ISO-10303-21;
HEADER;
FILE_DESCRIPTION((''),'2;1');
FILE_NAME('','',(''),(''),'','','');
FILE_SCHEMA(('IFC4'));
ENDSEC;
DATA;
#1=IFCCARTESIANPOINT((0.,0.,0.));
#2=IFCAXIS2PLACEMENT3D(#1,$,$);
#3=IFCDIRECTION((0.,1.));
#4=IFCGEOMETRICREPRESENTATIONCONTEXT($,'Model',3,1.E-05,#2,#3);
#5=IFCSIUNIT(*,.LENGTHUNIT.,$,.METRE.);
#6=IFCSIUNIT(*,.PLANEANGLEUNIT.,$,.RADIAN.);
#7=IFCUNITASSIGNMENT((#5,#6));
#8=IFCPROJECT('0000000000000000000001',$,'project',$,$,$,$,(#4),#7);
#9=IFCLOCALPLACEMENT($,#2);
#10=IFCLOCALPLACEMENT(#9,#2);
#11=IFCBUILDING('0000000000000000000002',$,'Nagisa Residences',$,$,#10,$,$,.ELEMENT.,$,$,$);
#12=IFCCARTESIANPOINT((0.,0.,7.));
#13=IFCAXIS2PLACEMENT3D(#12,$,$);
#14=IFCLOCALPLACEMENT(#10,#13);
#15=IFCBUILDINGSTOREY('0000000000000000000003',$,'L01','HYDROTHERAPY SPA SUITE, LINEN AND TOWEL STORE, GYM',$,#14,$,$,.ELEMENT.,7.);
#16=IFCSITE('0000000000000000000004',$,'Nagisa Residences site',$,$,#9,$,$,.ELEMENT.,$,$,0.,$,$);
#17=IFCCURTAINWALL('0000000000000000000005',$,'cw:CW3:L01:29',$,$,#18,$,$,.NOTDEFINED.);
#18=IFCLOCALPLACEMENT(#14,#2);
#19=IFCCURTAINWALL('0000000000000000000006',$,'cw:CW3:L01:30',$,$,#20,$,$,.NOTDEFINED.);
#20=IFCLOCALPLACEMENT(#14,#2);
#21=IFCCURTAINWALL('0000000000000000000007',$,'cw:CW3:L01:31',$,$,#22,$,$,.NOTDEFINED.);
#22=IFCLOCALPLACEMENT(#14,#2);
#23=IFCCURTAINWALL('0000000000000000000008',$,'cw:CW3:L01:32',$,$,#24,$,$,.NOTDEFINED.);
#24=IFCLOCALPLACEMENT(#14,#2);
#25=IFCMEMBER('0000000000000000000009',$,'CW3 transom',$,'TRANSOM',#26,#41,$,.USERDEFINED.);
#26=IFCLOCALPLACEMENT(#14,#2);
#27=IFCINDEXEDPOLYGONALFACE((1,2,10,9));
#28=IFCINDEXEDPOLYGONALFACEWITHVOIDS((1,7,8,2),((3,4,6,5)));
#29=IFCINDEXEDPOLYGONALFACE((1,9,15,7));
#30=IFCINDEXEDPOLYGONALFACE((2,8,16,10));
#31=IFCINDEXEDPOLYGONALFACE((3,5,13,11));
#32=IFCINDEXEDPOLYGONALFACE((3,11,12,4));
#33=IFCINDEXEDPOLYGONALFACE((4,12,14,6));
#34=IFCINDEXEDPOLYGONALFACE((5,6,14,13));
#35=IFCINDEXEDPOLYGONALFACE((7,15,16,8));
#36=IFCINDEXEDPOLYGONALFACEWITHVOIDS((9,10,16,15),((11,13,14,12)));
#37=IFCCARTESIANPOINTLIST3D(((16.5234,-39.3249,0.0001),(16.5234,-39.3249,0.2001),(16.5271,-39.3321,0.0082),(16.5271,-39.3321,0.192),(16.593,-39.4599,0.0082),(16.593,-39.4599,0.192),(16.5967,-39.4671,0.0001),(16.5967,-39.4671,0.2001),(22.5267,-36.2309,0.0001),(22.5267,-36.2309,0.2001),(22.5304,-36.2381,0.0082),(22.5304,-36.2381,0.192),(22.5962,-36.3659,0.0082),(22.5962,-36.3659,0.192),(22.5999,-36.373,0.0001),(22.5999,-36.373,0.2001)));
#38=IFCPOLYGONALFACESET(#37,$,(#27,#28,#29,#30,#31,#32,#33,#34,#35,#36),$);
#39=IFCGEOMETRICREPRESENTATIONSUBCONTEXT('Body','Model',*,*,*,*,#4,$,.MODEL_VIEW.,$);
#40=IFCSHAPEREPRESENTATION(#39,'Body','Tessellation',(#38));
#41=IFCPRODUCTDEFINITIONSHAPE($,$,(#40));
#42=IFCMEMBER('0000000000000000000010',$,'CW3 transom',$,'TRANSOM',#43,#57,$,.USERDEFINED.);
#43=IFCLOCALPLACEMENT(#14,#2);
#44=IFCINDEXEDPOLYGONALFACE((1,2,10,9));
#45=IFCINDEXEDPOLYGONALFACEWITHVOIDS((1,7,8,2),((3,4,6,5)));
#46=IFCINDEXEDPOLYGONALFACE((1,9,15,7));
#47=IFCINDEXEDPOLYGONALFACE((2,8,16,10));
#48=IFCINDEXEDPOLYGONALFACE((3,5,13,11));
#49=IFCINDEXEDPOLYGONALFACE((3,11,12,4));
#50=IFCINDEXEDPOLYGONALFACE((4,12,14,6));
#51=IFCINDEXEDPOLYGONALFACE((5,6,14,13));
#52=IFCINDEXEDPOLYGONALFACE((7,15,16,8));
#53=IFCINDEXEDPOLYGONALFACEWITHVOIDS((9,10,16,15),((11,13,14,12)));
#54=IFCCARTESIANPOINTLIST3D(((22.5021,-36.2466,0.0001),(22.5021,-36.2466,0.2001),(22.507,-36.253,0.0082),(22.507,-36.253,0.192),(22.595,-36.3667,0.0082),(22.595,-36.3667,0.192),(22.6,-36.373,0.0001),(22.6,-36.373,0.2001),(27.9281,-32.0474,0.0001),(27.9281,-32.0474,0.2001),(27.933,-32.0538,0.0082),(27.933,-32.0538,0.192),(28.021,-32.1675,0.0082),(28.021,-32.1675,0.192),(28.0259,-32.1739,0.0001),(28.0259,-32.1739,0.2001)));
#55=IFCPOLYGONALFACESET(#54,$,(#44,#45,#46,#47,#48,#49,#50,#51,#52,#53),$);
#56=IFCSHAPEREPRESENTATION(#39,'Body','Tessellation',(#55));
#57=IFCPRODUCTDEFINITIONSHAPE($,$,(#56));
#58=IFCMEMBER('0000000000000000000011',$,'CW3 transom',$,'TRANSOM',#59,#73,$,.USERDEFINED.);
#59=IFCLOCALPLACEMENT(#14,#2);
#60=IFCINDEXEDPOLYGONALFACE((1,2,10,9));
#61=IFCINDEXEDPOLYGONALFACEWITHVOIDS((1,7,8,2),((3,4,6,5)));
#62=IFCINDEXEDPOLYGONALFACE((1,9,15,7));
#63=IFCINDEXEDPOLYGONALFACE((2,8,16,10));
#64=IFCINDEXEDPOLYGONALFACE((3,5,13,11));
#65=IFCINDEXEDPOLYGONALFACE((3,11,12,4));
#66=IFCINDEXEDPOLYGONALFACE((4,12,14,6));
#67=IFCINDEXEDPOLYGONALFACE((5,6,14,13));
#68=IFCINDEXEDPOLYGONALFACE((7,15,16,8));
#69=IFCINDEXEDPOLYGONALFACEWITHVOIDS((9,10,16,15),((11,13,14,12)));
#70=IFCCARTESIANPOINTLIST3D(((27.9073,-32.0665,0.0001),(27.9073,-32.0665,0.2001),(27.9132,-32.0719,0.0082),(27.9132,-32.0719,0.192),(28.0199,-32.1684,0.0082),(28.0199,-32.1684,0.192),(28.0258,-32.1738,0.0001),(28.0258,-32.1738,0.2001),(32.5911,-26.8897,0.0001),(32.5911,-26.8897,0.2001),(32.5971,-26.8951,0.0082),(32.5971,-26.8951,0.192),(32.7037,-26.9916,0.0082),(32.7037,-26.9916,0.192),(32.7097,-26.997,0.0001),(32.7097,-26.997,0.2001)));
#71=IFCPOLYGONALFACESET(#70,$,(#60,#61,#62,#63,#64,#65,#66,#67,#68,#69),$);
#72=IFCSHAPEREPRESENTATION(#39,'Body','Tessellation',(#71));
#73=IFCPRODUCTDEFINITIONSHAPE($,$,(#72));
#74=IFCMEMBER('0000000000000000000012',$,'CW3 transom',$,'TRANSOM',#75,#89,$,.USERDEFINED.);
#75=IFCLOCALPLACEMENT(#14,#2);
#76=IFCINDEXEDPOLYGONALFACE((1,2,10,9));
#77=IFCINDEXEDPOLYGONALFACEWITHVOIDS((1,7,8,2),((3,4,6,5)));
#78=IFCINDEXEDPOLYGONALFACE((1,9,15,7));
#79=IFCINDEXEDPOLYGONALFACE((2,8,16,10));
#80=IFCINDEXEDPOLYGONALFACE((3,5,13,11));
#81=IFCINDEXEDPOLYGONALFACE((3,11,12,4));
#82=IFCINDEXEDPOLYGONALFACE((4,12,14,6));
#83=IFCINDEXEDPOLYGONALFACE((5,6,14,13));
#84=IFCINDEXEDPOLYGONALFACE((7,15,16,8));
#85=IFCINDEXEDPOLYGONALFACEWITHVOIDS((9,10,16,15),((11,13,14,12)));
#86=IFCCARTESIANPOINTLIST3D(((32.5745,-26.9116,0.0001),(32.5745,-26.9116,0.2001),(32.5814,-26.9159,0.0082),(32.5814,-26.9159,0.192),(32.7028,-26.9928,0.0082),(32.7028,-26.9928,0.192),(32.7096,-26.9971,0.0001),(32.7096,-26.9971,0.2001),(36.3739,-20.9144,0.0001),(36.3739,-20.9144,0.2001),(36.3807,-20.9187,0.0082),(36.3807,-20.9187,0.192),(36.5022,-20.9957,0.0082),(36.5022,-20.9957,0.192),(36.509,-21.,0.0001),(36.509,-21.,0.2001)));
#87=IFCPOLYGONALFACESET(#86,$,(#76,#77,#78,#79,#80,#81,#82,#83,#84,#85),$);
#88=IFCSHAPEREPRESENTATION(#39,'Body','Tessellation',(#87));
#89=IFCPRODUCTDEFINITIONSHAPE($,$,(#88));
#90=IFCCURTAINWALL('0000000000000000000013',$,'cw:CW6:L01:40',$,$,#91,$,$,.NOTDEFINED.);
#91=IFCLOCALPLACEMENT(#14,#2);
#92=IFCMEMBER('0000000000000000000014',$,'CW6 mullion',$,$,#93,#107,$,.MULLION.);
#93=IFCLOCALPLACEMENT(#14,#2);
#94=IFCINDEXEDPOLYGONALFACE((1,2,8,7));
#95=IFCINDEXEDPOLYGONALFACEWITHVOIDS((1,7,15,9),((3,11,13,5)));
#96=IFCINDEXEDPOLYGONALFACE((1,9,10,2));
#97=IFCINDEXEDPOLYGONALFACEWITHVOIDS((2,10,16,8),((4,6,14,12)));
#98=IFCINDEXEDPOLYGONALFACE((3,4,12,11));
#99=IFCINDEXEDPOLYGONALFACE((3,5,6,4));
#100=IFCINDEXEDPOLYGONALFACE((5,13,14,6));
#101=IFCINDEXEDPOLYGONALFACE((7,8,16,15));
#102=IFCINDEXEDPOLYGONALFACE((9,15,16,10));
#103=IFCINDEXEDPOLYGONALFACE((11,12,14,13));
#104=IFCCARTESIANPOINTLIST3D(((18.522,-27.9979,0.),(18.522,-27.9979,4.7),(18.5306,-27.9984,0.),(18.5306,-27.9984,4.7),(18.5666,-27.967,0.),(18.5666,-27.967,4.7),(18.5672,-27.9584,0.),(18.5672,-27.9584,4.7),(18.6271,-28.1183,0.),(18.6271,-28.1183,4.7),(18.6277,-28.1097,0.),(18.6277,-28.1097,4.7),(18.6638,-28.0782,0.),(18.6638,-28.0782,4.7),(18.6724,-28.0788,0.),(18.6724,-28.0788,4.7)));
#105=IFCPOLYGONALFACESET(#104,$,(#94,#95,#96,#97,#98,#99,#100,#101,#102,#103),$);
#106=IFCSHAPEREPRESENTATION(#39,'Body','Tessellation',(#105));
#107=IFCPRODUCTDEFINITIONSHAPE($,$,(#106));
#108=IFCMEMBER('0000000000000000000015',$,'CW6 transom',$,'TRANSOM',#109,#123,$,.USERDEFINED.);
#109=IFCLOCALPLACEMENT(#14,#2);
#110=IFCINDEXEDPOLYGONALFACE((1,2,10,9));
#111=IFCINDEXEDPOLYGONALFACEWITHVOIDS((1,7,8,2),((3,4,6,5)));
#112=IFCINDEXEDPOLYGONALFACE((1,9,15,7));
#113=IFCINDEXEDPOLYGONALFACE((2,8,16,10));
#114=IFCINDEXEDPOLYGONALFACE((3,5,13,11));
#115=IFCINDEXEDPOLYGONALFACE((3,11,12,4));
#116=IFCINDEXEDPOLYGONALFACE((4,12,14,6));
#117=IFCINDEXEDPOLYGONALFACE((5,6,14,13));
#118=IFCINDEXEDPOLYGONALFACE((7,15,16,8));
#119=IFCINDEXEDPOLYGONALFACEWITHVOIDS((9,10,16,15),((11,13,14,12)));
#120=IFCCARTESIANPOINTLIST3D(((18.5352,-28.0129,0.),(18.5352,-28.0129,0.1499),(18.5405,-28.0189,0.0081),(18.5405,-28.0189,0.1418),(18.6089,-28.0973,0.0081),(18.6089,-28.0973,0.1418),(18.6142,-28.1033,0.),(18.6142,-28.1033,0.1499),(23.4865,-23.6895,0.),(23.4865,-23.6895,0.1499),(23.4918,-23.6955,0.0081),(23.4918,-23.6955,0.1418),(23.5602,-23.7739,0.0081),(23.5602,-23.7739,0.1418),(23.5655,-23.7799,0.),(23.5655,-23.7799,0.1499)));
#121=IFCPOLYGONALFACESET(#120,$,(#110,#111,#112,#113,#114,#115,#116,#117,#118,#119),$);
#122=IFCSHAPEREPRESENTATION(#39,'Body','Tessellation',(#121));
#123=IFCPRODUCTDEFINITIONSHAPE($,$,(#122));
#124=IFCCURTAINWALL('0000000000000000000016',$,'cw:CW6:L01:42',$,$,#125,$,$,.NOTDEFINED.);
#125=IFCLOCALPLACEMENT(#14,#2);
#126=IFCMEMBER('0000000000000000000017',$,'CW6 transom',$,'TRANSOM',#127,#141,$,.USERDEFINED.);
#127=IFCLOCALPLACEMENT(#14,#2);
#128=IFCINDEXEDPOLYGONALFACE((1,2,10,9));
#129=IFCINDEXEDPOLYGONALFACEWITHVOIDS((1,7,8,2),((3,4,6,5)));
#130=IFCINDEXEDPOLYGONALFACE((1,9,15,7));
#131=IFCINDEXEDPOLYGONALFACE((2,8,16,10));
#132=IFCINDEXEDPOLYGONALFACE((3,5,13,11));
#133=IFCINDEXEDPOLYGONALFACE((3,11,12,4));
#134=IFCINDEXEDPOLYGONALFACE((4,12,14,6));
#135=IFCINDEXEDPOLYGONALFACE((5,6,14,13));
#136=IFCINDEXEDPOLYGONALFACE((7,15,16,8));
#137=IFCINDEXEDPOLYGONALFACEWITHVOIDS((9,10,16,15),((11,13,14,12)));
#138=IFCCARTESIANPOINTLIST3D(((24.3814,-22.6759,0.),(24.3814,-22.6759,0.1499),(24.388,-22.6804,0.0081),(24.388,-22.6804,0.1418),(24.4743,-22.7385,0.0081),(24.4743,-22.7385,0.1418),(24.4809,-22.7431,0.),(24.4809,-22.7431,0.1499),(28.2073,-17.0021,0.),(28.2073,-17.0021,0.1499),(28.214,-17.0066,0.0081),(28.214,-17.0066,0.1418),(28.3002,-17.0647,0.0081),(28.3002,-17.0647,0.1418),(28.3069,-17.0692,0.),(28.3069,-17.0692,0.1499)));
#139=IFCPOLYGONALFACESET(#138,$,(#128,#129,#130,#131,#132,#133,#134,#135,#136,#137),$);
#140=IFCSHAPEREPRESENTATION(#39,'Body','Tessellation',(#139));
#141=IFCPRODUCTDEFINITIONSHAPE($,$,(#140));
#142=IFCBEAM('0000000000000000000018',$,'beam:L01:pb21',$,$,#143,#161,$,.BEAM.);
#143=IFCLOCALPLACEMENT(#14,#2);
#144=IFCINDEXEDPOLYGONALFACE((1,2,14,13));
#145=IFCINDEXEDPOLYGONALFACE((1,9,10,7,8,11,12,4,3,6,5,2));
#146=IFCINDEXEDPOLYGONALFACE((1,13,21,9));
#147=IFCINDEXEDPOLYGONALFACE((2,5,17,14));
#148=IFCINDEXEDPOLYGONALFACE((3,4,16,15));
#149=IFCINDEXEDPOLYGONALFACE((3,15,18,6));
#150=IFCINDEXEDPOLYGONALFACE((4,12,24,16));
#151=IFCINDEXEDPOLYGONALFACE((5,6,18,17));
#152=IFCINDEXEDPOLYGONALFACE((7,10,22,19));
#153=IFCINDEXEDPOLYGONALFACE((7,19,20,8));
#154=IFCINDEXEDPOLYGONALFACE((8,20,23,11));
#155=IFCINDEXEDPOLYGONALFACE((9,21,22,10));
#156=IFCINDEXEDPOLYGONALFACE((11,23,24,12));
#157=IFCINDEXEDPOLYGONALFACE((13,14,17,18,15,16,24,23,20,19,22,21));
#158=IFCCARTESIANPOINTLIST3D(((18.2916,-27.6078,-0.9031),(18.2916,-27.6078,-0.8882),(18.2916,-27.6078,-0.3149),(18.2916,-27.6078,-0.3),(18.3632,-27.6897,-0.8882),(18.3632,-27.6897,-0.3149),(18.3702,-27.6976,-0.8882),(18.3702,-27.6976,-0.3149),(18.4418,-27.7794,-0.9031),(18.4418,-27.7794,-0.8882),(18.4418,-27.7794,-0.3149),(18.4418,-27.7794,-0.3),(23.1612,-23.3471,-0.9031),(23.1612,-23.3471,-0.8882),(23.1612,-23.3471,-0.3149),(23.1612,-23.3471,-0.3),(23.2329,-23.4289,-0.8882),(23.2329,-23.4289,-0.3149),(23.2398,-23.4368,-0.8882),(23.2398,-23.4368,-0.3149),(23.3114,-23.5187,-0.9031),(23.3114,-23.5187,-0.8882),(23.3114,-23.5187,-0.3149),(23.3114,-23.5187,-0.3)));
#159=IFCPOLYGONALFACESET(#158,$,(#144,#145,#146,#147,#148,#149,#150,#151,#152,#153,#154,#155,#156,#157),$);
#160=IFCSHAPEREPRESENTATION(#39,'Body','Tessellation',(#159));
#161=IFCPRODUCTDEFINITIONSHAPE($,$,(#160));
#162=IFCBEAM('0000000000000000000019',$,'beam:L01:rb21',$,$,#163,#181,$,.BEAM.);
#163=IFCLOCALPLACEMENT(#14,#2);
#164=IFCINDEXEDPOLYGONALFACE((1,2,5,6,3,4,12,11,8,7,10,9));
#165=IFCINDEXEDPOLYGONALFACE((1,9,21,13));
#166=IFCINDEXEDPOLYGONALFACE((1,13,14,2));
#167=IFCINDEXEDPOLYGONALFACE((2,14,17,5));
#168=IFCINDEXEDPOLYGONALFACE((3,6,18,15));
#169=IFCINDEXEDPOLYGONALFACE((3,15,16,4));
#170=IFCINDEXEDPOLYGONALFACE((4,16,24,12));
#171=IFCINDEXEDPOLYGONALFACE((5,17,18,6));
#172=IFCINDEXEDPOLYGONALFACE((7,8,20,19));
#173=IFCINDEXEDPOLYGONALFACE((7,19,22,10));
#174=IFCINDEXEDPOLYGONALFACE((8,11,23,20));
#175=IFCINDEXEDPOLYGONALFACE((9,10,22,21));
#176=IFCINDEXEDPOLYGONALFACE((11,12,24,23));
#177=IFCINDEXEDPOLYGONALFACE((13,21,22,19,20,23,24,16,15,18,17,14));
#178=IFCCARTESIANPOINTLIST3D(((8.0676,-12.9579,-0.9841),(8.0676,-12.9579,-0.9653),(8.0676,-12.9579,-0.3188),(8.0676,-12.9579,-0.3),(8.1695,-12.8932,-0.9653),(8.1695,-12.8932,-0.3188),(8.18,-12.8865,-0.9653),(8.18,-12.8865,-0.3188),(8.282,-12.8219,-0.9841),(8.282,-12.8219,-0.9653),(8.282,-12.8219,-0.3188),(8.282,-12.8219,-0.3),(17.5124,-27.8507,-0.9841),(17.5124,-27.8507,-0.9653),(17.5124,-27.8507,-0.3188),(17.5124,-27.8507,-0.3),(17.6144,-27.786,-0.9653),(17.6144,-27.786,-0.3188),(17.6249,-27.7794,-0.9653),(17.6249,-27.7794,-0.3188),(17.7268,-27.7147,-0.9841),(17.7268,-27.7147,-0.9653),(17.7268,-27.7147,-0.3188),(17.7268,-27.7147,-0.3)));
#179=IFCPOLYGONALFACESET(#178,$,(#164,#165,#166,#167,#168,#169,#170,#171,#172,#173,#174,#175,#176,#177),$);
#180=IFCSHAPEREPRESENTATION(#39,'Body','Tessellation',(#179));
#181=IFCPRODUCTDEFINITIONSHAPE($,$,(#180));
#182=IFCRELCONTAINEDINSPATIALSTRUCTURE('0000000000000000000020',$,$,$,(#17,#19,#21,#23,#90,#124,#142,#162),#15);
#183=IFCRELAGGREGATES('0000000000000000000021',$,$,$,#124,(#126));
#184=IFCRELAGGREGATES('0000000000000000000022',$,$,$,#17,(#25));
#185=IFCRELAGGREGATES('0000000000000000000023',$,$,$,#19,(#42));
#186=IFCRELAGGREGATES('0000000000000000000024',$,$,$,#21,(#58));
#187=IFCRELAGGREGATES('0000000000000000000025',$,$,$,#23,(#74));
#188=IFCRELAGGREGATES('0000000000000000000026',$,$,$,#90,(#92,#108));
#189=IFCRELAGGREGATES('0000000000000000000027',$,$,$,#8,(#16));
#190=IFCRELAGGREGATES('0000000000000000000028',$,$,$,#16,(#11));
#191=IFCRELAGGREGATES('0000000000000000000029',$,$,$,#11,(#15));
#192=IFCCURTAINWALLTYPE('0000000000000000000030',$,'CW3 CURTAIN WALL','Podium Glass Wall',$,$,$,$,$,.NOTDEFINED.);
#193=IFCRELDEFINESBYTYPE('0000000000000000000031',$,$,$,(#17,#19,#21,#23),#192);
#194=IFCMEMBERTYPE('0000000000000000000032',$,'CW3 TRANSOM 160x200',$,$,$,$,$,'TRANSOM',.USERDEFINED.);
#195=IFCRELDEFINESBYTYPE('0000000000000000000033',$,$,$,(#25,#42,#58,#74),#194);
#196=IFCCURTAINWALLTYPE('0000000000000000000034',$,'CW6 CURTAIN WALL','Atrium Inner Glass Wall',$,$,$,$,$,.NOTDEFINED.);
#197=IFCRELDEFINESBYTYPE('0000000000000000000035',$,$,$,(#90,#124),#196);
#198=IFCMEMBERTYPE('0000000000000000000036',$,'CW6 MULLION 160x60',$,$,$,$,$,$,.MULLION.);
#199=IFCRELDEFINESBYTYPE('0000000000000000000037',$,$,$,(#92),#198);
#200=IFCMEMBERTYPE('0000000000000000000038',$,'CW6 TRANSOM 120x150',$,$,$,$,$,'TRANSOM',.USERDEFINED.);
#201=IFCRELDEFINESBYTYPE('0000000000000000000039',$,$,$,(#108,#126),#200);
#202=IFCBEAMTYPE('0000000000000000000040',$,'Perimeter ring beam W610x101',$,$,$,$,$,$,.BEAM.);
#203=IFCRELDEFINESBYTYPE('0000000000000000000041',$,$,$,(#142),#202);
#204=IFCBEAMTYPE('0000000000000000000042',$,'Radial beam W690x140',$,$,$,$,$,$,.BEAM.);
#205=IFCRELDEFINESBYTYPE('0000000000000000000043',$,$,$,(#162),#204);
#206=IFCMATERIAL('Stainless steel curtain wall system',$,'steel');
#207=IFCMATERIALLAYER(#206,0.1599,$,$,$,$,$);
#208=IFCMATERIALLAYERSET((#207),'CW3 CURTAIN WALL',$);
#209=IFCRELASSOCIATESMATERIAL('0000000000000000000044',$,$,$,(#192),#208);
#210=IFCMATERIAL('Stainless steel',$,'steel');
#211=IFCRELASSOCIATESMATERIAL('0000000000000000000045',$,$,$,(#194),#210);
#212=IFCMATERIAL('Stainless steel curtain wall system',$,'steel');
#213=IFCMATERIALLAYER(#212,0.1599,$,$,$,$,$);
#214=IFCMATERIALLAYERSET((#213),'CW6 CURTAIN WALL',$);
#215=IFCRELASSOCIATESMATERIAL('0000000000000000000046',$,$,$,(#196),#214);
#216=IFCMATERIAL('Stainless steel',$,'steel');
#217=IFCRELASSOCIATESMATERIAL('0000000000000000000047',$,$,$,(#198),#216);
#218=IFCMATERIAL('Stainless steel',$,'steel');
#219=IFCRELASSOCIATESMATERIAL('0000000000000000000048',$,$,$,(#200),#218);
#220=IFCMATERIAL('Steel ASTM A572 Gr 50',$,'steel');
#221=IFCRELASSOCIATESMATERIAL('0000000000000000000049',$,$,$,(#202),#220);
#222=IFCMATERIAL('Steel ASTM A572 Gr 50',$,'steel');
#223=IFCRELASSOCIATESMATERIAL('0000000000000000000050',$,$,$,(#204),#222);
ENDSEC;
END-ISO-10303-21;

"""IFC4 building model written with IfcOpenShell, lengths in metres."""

from ifc_helpers import new_model, si_unit, direction, frame, origin, origin_2d, place, context, subcontext, project, spatial, hollow_rectangle, i_section, extrude, material, layer, layer_set, material_profile, profile_set, type_object, element, aggregate, save


model = new_model("IFC4")

# Units and contexts
model_context = context("Model", 3, precision=1e-05, world=origin(), true_north=direction((0.0, 1.0)))
body_context = subcontext(model_context, "Body", "Model", "MODEL_VIEW")
ifc_project = project(units=[si_unit("LENGTHUNIT", "METRE"), si_unit("PLANEANGLEUNIT", "RADIAN")], contexts=[model_context])

# Site, building, storey
site_placement = place(None, origin())
site = spatial("IfcSite", under=ifc_project, at=site_placement, Name="Nagisa Residences site", CompositionType="ELEMENT", RefElevation=0.0)
building_placement = place(site_placement, origin())
building = spatial("IfcBuilding", under=site, at=building_placement, Name="Nagisa Residences", CompositionType="ELEMENT")
storey_placement = place(building_placement, frame((0.0, 0.0, 7.0)))
storey = spatial("IfcBuildingStorey", under=building, at=storey_placement, Name="L01", Description="HYDROTHERAPY SPA SUITE, LINEN AND TOWEL STORE, GYM", CompositionType="ELEMENT", Elevation=7.0)

# Curtain walls
ifc_material_1 = material(Name="Stainless steel curtain wall system", Category="steel")
ifc_layer_1 = layer(ifc_material_1, 0.1599)
ifc_layer_set_1 = layer_set([ifc_layer_1], Name="CW3 CURTAIN WALL")
curtain_wall_type_1 = type_object("IfcCurtainWallType", Name="CW3 CURTAIN WALL", Description="Podium Glass Wall", PredefinedType="NOTDEFINED", material=ifc_layer_set_1)
curtain_wall_1_placement = place(storey_placement, origin())
curtain_wall_1 = element("IfcCurtainWall", 1, at=curtain_wall_1_placement, inside=storey, type_object=curtain_wall_type_1, Name="cw:CW3:L01:29", PredefinedType="NOTDEFINED")
curtain_wall_2_placement = place(storey_placement, origin())
curtain_wall_2 = element("IfcCurtainWall", 2, at=curtain_wall_2_placement, inside=storey, type_object=curtain_wall_type_1, Name="cw:CW3:L01:30", PredefinedType="NOTDEFINED")
curtain_wall_3_placement = place(storey_placement, origin())
curtain_wall_3 = element("IfcCurtainWall", 3, at=curtain_wall_3_placement, inside=storey, type_object=curtain_wall_type_1, Name="cw:CW3:L01:31", PredefinedType="NOTDEFINED")
curtain_wall_4_placement = place(storey_placement, origin())
curtain_wall_4 = element("IfcCurtainWall", 4, at=curtain_wall_4_placement, inside=storey, type_object=curtain_wall_type_1, Name="cw:CW3:L01:32", PredefinedType="NOTDEFINED")

# Members
ifc_material_2 = material(Name="Stainless steel", Category="steel")
ifc_material_profile_1 = material_profile(ifc_material_2, hollow_rectangle(XDim=0.1599, YDim=0.2, WallThickness=0.0081, at=origin_2d()), Name="CW3 TRANSOM 160x200")
ifc_profile_set_1 = profile_set([ifc_material_profile_1], Name="Stainless steel")
member_type_1 = type_object("IfcMemberType", Name="CW3 TRANSOM 160x200", ElementType="TRANSOM", PredefinedType="USERDEFINED", material=ifc_profile_set_1)
member_1_placement = place(storey_placement, frame((16.5601, -39.396, 0.1001), z_axis=(0.888887, 0.458126, 0.0), x_axis=(-0.458126, 0.888887, 0.0)))
member_1 = element("IfcMember", 5, at=member_1_placement, type_object=member_type_1, Name="CW3 transom", ObjectType="TRANSOM", PredefinedType="USERDEFINED", context=body_context, shape_type="SweptSolid", body=[
    extrude(hollow_rectangle(XDim=0.1599, YDim=0.2, WallThickness=0.0081, at=origin_2d()), origin(), (0.0, 0.0, 1.0), 6.7537),
])
member_2_placement = place(storey_placement, frame((22.551, -36.3098, 0.1001), z_axis=(0.790835, 0.61203, 0.0), x_axis=(-0.61203, 0.790835, 0.0)))
member_2 = element("IfcMember", 6, at=member_2_placement, type_object=member_type_1, Name="CW3 transom", ObjectType="TRANSOM", PredefinedType="USERDEFINED", context=body_context, shape_type="SweptSolid", body=[
    extrude(hollow_rectangle(XDim=0.1599, YDim=0.2, WallThickness=0.0081, at=origin_2d()), origin(), (0.0, 0.0, 1.0), 6.8611),
])
member_3_placement = place(storey_placement, frame((27.9666, -32.1201, 0.1001), z_axis=(0.670922, 0.741528, 0.0), x_axis=(-0.741528, 0.670922, 0.0)))
member_3 = element("IfcMember", 7, at=member_3_placement, type_object=member_type_1, Name="CW3 transom", ObjectType="TRANSOM", PredefinedType="USERDEFINED", context=body_context, shape_type="SweptSolid", body=[
    extrude(hollow_rectangle(XDim=0.1599, YDim=0.2, WallThickness=0.0081, at=origin_2d()), origin(), (0.0, 0.0, 1.0), 6.9812),
])
member_4_placement = place(storey_placement, frame((32.6421, -26.9543, 0.1001), z_axis=(0.53517, 0.844744, 0.0), x_axis=(-0.844744, 0.53517, 0.0)))
member_4 = element("IfcMember", 8, at=member_4_placement, type_object=member_type_1, Name="CW3 transom", ObjectType="TRANSOM", PredefinedType="USERDEFINED", context=body_context, shape_type="SweptSolid", body=[
    extrude(hollow_rectangle(XDim=0.1599, YDim=0.2, WallThickness=0.0081, at=origin_2d()), origin(), (0.0, 0.0, 1.0), 7.0994),
])

# Curtain wall, members
ifc_material_3 = material(Name="Stainless steel curtain wall system", Category="steel")
ifc_layer_2 = layer(ifc_material_3, 0.1599)
ifc_layer_set_2 = layer_set([ifc_layer_2], Name="CW6 CURTAIN WALL")
curtain_wall_type_2 = type_object("IfcCurtainWallType", Name="CW6 CURTAIN WALL", Description="Atrium Inner Glass Wall", PredefinedType="NOTDEFINED", material=ifc_layer_set_2)
curtain_wall_5_placement = place(storey_placement, origin())
curtain_wall_5 = element("IfcCurtainWall", 9, at=curtain_wall_5_placement, inside=storey, type_object=curtain_wall_type_2, Name="cw:CW6:L01:40", PredefinedType="NOTDEFINED")
ifc_material_4 = material(Name="Stainless steel", Category="steel")
ifc_material_profile_2 = material_profile(ifc_material_4, hollow_rectangle(XDim=0.1599, YDim=0.0601, WallThickness=0.0061, at=origin_2d()), Name="CW6 MULLION 160x60")
ifc_profile_set_2 = profile_set([ifc_material_profile_2], Name="Stainless steel")
member_type_2 = type_object("IfcMemberType", Name="CW6 MULLION 160x60", PredefinedType="MULLION", material=ifc_profile_set_2)
member_5_placement = place(storey_placement, frame((18.5972, -28.0383, 0.0), z_axis=(0.0, 0.0, 1.0), x_axis=(-0.657721, 0.753261, 0.0)))
member_5 = element("IfcMember", 10, at=member_5_placement, type_object=member_type_2, Name="CW6 mullion", PredefinedType="MULLION", context=body_context, shape_type="SweptSolid", body=[
    extrude(hollow_rectangle(XDim=0.1599, YDim=0.0601, WallThickness=0.0061, at=origin_2d()), origin(), (0.0, 0.0, 1.0), 4.7),
])
ifc_material_5 = material(Name="Stainless steel", Category="steel")
ifc_material_profile_3 = material_profile(ifc_material_5, hollow_rectangle(XDim=0.1201, YDim=0.1499, WallThickness=0.0081, at=origin_2d()), Name="CW6 TRANSOM 120x150")
ifc_profile_set_3 = profile_set([ifc_material_profile_3], Name="Stainless steel")
member_type_3 = type_object("IfcMemberType", Name="CW6 TRANSOM 120x150", ElementType="TRANSOM", PredefinedType="USERDEFINED", material=ifc_profile_set_3)
member_6_placement = place(storey_placement, frame((18.5747, -28.0581, 0.075), z_axis=(0.753255, 0.657729, 0.0), x_axis=(-0.657729, 0.753255, 0.0)))
member_6 = element("IfcMember", 11, at=member_6_placement, type_object=member_type_3, Name="CW6 transom", ObjectType="TRANSOM", PredefinedType="USERDEFINED", context=body_context, shape_type="SweptSolid", body=[
    extrude(hollow_rectangle(XDim=0.1201, YDim=0.1499, WallThickness=0.0081, at=origin_2d()), origin(), (0.0, 0.0, 1.0), 6.5732),
])

# Curtain wall, member
curtain_wall_6_placement = place(storey_placement, origin())
curtain_wall_6 = element("IfcCurtainWall", 12, at=curtain_wall_6_placement, inside=storey, type_object=curtain_wall_type_2, Name="cw:CW6:L01:42", PredefinedType="NOTDEFINED")
member_7_placement = place(storey_placement, frame((24.4312, -22.7095, 0.075), z_axis=(0.559081, 0.829113, 0.0), x_axis=(-0.829113, 0.559081, 0.0)))
member_7 = element("IfcMember", 13, at=member_7_placement, type_object=member_type_3, Name="CW6 transom", ObjectType="TRANSOM", PredefinedType="USERDEFINED", context=body_context, shape_type="SweptSolid", body=[
    extrude(hollow_rectangle(XDim=0.1201, YDim=0.1499, WallThickness=0.0081, at=origin_2d()), origin(), (0.0, 0.0, 1.0), 6.8433),
])
aggregate(curtain_wall_6, [member_7])

# Beams
ifc_material_6 = material(Name="Steel ASTM A572 Gr 50", Category="steel")
ifc_material_profile_4 = material_profile(ifc_material_6, i_section(OverallWidth=0.228, OverallDepth=0.603, WebThickness=0.0105, FlangeThickness=0.0149, at=origin_2d()), Name="W610x101")
ifc_profile_set_4 = profile_set([ifc_material_profile_4], Name="Steel ASTM A572 Gr 50")
beam_type_1 = type_object("IfcBeamType", Name="Perimeter ring beam W610x101", PredefinedType="BEAM", material=ifc_profile_set_4)
beam_1_placement = place(storey_placement, frame((18.3667, -27.6936, -0.6016), z_axis=(0.752591, 0.658489, 0.0), x_axis=(-0.658489, 0.752591, 0.0)))
element("IfcBeam", 14, at=beam_1_placement, inside=storey, type_object=beam_type_1, Name="beam:L01:pb21", PredefinedType="BEAM", context=body_context, shape_type="SweptSolid", body=[
    extrude(i_section(OverallWidth=0.228, OverallDepth=0.603, WebThickness=0.0105, FlangeThickness=0.0149, at=origin_2d()), origin(), (0.0, 0.0, 1.0), 6.4705),
])
ifc_material_7 = material(Name="Steel ASTM A572 Gr 50", Category="steel")
ifc_material_profile_5 = material_profile(ifc_material_7, i_section(OverallWidth=0.2539, OverallDepth=0.6841, WebThickness=0.0125, FlangeThickness=0.0188, at=origin_2d()), Name="W690x140")
ifc_profile_set_5 = profile_set([ifc_material_profile_5], Name="Steel ASTM A572 Gr 50")
beam_type_2 = type_object("IfcBeamType", Name="Radial beam W690x140", PredefinedType="BEAM", material=ifc_profile_set_5)
beam_2_placement = place(storey_placement, frame((17.6196, -27.7827, -0.6421), z_axis=(-0.535566, 0.844493, 0.0), x_axis=(-0.844493, -0.535566, 0.0)))
element("IfcBeam", 15, at=beam_2_placement, inside=storey, type_object=beam_type_2, Name="beam:L01:rb21", PredefinedType="BEAM", context=body_context, shape_type="SweptSolid", body=[
    extrude(i_section(OverallWidth=0.2539, OverallDepth=0.6841, WebThickness=0.0125, FlangeThickness=0.0188, at=origin_2d()), origin(), (0.0, 0.0, 1.0), 17.6353),
])

aggregate(curtain_wall_1, [member_1])
aggregate(curtain_wall_2, [member_2])
aggregate(curtain_wall_3, [member_3])
aggregate(curtain_wall_4, [member_4])
aggregate(curtain_wall_5, [member_5, member_6])

save(model, "model.ifc")
